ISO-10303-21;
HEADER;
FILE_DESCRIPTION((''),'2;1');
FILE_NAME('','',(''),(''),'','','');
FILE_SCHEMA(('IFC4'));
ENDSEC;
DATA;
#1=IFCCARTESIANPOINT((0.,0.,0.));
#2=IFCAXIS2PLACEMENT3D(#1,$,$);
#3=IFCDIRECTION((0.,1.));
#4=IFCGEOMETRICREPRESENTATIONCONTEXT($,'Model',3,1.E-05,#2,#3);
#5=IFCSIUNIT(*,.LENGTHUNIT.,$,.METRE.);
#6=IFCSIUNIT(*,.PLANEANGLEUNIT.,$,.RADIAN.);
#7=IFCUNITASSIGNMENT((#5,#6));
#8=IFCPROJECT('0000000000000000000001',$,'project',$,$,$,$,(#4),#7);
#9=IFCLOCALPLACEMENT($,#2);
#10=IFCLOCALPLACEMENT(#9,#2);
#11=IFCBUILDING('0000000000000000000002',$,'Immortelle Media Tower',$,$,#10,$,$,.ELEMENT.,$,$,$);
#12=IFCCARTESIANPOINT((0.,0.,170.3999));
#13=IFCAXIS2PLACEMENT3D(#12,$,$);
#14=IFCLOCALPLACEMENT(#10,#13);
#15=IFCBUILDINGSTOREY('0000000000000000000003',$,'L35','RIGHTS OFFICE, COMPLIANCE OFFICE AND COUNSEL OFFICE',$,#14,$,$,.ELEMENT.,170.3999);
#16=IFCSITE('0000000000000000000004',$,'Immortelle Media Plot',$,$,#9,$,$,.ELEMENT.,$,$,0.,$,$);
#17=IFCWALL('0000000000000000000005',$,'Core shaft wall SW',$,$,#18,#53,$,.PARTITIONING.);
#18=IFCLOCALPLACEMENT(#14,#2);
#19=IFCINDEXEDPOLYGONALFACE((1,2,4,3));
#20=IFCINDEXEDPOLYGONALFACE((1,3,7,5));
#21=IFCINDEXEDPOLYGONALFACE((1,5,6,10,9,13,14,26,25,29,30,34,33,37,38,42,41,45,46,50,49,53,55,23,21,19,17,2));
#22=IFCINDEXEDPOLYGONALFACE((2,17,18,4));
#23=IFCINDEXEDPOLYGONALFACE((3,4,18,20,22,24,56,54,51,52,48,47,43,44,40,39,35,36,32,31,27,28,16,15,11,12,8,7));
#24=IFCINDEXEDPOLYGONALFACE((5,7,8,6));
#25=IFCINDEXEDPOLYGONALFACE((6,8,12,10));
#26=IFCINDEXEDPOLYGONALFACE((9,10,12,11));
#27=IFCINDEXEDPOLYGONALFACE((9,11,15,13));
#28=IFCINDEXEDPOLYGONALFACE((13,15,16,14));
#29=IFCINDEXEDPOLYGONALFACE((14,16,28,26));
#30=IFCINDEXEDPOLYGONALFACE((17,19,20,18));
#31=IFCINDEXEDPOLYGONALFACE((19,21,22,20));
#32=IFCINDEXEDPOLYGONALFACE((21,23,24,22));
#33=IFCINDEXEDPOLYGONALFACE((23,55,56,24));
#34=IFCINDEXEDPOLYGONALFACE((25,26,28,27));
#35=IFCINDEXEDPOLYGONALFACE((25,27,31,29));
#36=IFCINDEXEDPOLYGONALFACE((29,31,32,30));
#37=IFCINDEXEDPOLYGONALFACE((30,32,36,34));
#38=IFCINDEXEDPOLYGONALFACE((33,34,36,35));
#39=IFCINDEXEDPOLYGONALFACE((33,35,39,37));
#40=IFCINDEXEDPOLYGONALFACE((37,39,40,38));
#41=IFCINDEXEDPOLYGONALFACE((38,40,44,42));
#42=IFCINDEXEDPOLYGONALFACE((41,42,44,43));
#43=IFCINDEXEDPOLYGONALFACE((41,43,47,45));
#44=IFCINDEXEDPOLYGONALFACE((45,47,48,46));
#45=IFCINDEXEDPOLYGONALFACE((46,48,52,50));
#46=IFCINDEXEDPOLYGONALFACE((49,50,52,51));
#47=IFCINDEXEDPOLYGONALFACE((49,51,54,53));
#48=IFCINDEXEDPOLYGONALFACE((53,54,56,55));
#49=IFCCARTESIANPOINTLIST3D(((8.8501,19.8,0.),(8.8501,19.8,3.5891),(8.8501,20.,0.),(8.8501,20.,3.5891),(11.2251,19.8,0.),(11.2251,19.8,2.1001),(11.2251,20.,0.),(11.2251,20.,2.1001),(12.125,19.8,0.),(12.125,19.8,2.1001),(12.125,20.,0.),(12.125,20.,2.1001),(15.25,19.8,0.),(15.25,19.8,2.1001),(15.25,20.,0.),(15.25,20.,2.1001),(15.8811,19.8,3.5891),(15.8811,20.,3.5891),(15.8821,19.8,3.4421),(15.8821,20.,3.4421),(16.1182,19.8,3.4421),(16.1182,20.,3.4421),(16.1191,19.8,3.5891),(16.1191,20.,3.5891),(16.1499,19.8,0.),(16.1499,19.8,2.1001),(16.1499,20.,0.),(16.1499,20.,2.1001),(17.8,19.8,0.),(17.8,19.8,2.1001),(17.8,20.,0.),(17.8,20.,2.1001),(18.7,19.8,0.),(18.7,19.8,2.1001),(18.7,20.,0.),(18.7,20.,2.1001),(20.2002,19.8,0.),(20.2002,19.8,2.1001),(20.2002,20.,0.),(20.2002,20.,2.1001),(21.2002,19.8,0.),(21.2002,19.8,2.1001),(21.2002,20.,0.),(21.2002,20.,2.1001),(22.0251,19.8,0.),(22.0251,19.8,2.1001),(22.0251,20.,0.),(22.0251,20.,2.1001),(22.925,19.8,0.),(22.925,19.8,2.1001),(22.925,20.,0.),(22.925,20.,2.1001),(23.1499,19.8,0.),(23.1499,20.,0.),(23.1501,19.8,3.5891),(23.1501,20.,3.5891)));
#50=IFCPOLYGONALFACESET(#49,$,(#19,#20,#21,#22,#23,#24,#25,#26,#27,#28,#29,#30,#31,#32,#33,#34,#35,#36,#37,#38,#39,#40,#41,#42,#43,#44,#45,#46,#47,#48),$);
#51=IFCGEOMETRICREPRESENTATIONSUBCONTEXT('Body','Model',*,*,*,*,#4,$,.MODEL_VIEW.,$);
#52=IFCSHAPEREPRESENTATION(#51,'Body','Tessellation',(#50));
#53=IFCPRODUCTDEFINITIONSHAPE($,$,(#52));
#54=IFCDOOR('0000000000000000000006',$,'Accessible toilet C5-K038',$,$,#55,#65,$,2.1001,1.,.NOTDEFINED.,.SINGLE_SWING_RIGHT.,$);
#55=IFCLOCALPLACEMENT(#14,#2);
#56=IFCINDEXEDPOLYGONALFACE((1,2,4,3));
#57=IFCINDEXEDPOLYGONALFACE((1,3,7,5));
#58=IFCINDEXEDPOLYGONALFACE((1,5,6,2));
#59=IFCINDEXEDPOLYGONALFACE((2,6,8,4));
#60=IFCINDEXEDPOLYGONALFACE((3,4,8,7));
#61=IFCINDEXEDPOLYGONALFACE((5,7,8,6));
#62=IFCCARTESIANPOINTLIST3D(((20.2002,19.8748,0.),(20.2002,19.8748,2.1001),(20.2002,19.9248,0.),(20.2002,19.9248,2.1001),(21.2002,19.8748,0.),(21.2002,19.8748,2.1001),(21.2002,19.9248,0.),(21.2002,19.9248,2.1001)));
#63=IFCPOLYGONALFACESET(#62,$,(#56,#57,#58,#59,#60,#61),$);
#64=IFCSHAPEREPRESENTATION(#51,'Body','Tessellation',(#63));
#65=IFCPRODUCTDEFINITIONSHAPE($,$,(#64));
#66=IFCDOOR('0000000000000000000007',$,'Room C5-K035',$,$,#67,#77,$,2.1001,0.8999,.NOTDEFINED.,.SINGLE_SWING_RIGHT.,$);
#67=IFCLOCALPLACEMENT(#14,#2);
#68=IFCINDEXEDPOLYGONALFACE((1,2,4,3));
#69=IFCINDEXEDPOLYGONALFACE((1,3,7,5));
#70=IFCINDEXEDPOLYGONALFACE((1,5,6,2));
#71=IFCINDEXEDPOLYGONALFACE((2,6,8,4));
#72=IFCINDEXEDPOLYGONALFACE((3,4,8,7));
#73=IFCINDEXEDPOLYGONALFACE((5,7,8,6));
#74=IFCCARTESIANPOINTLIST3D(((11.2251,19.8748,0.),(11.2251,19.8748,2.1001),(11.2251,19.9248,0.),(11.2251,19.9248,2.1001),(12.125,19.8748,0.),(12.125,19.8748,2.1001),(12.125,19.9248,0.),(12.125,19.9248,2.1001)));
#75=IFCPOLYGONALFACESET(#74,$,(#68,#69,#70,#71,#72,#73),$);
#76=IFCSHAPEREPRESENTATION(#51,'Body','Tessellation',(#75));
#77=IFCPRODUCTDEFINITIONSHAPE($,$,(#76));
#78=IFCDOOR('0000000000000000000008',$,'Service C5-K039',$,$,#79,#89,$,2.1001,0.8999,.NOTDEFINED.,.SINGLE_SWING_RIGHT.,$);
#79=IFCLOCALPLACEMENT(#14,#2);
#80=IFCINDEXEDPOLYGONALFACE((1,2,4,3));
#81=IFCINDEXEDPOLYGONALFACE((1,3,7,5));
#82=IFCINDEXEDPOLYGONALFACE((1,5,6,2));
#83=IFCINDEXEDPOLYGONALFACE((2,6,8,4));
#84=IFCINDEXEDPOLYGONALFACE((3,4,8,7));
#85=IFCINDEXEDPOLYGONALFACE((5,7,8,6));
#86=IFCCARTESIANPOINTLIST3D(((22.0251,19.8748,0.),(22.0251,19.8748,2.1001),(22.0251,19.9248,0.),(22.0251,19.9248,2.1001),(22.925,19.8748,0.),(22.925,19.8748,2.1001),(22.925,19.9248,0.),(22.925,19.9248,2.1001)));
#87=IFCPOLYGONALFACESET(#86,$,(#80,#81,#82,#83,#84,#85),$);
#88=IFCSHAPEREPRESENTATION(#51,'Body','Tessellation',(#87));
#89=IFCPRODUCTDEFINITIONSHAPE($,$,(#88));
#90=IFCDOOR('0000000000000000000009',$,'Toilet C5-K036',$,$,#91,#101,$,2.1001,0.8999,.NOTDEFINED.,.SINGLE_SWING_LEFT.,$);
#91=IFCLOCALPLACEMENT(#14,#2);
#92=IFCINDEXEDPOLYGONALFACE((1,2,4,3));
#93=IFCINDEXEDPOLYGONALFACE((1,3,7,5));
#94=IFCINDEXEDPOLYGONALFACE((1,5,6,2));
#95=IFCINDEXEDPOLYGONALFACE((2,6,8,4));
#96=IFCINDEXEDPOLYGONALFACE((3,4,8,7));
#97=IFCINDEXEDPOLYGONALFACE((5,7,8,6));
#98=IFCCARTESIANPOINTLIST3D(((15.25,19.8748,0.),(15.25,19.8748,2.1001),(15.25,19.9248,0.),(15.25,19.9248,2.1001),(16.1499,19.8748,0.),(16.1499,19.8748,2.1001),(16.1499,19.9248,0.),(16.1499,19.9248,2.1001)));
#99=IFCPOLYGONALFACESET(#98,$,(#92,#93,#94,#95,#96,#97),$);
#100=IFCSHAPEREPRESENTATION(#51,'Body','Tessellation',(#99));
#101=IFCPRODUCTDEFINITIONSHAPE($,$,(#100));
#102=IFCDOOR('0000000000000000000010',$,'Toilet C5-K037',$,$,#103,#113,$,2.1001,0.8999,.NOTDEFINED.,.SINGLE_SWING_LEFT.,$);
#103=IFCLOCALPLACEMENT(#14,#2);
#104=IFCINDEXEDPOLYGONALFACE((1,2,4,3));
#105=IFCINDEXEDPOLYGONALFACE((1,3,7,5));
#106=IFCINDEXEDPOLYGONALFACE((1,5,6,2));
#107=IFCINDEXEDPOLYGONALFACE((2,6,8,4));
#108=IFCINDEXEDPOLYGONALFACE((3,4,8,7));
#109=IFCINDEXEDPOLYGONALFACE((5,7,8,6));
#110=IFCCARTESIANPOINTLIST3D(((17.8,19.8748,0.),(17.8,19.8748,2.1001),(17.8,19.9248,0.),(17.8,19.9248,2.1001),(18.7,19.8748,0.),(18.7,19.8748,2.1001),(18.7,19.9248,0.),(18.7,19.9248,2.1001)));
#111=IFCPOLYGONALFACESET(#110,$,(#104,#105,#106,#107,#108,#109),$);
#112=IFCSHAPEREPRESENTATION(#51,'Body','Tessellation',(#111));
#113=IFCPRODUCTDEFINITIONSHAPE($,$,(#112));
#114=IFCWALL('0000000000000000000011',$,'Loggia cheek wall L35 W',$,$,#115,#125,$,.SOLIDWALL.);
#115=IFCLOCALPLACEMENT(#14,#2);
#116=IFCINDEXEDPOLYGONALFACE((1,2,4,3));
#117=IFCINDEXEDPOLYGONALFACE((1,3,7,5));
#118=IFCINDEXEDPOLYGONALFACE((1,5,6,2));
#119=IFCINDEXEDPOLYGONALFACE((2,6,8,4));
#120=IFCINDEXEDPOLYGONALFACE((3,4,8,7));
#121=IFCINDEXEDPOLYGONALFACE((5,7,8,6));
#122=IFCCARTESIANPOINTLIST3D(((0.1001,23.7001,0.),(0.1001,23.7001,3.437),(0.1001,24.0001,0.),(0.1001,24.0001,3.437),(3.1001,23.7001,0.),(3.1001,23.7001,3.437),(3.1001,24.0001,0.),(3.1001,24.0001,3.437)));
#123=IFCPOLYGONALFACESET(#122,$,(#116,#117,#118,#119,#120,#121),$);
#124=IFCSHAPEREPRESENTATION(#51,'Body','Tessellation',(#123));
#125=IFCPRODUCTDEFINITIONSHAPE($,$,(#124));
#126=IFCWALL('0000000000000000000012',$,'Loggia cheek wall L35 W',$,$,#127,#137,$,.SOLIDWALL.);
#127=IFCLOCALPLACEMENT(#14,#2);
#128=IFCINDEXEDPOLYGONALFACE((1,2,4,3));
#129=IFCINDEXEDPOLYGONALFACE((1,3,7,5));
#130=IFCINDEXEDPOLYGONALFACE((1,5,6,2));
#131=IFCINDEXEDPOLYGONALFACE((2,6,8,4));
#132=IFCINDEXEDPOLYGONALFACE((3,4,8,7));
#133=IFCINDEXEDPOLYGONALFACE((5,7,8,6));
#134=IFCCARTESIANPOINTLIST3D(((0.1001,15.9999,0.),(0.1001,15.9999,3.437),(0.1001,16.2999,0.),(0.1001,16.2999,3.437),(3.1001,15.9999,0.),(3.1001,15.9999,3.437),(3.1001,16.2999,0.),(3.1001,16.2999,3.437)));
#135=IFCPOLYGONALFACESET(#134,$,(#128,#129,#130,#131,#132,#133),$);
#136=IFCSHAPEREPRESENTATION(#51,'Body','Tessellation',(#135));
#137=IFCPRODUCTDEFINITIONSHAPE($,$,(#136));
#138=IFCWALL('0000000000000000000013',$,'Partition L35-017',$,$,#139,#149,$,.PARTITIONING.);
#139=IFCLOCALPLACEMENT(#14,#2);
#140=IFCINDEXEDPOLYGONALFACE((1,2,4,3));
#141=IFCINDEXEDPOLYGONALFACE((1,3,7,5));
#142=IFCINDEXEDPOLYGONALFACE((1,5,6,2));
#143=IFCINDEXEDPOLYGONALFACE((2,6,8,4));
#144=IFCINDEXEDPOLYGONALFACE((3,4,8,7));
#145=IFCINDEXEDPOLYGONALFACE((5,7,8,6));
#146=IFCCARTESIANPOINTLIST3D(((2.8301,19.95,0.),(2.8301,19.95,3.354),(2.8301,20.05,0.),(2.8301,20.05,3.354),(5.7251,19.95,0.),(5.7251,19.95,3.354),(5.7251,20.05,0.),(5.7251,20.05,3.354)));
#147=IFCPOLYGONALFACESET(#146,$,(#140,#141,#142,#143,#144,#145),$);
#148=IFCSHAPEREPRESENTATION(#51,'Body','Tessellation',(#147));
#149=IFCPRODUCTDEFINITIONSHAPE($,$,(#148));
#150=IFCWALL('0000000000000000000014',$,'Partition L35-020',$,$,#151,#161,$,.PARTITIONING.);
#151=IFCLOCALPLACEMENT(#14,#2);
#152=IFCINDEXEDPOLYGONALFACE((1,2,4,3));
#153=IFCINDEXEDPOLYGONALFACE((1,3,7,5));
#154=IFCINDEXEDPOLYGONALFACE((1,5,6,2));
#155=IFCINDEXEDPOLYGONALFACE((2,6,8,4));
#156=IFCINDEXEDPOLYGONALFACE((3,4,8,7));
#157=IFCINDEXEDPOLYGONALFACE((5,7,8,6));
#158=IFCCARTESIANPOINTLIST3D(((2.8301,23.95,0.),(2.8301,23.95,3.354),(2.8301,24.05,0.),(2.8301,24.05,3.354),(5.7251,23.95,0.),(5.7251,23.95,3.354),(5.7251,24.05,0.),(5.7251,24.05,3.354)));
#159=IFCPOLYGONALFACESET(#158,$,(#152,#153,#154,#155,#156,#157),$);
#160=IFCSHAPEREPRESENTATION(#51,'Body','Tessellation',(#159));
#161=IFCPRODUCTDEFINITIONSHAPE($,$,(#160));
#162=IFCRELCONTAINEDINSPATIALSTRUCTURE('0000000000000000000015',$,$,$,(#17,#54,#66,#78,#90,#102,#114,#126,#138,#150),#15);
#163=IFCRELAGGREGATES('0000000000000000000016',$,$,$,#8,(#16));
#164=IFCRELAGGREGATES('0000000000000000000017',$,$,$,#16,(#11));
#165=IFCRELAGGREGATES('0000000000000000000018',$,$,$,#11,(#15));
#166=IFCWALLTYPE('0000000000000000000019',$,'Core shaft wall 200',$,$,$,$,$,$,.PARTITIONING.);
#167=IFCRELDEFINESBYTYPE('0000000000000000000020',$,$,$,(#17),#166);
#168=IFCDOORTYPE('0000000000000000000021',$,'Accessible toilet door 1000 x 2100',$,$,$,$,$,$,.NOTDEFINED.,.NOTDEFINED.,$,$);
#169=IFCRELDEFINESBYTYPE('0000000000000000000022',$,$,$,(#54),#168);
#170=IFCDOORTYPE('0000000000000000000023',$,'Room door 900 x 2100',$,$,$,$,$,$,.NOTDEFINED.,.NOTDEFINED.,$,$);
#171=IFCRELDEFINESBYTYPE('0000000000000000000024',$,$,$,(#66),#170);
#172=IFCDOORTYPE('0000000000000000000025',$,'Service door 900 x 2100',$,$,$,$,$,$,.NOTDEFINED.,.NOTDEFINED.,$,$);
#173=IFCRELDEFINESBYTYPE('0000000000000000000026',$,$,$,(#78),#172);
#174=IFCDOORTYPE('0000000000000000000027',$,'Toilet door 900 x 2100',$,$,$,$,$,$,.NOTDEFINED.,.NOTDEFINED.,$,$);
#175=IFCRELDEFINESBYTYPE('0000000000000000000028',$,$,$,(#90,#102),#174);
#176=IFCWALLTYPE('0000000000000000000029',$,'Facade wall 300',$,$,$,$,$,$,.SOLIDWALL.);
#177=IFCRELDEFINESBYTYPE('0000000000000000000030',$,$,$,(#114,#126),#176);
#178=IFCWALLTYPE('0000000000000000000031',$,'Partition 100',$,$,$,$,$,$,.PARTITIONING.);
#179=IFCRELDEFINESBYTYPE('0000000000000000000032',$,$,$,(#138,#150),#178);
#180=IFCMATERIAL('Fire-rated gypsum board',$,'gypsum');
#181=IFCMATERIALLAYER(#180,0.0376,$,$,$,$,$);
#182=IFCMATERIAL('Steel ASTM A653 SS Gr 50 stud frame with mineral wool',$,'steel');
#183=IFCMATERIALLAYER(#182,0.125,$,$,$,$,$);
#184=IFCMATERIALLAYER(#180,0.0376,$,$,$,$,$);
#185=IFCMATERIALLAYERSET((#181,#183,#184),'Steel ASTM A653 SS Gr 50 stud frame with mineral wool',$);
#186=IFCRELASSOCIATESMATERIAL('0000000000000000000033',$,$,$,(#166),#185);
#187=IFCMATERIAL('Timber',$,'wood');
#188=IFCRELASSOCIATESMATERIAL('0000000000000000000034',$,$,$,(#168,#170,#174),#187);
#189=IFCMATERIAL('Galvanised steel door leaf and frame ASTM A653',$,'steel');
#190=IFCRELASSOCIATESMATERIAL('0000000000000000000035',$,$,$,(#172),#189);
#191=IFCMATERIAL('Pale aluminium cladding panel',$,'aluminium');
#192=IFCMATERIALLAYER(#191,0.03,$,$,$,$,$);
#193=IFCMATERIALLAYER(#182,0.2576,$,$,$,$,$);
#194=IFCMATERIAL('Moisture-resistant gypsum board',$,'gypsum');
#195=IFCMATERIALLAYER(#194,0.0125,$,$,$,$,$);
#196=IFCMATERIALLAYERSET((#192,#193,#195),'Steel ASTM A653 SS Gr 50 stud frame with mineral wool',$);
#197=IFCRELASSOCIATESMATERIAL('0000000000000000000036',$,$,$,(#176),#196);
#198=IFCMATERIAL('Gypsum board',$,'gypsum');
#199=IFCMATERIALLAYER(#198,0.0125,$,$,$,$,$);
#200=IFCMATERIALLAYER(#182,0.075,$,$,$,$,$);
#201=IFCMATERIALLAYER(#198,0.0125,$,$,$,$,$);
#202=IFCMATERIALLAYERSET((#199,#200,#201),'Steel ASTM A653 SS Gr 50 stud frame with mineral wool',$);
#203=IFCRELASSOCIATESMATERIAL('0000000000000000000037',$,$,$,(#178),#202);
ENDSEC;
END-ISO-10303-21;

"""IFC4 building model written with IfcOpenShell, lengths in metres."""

from ifc_helpers import new_model, si_unit, direction, frame, frame_2d, origin, place, context, subcontext, project, spatial, polyline, rectangle, outline, extrude, material, layer, layer_set, type_object, element, fill, save


model = new_model("IFC4")

# Units and contexts
model_context = context("Model", 3, precision=1e-05, world=origin(), true_north=direction((0.0, 1.0)))
body_context = subcontext(model_context, "Body", "Model", "MODEL_VIEW")
ifc_project = project(units=[si_unit("LENGTHUNIT", "METRE"), si_unit("PLANEANGLEUNIT", "RADIAN")], contexts=[model_context])

# Site, building, storey
site_placement = place(None, origin())
site = spatial("IfcSite", under=ifc_project, at=site_placement, Name="Immortelle Media Plot", CompositionType="ELEMENT", RefElevation=0.0)
building_placement = place(site_placement, origin())
building = spatial("IfcBuilding", under=site, at=building_placement, Name="Immortelle Media Tower", CompositionType="ELEMENT")
storey_placement = place(building_placement, frame((0.0, 0.0, 170.3999)))
storey = spatial("IfcBuildingStorey", under=building, at=storey_placement, Name="L35", Description="RIGHTS OFFICE, COMPLIANCE OFFICE AND COUNSEL OFFICE", CompositionType="ELEMENT", Elevation=170.3999)

# Shared definitions
ifc_material_1 = material(Name="Fire-rated gypsum board", Category="gypsum")
ifc_material_2 = material(Name="Steel ASTM A653 SS Gr 50 stud frame with mineral wool", Category="steel")
ifc_layer_1 = layer(ifc_material_1, 0.0376)
ifc_layer_2 = layer(ifc_material_2, 0.125)
ifc_layer_3 = layer(ifc_material_1, 0.0376)
ifc_layer_set_1 = layer_set([ifc_layer_1, ifc_layer_2, ifc_layer_3], Name="Steel ASTM A653 SS Gr 50 stud frame with mineral wool")
wall_type_1 = type_object("IfcWallType", Name="Core shaft wall 200", PredefinedType="PARTITIONING", material=ifc_layer_set_1)

# Wall, openings, doors
wall_1_placement = place(storey_placement, frame((8.8501, 19.8999, 0.0), z_axis=(0.0, 0.0, 1.0), x_axis=(1.0, 0.0, 0.0)))
wall_1 = element("IfcWall", 1, at=wall_1_placement, inside=storey, type_object=wall_type_1, Name="Core shaft wall SW", PredefinedType="PARTITIONING", context=body_context, shape_type="SweptSolid", body=[
    extrude(outline(polyline([(0.0, 0.0), (14.2998, 0.0), (14.3, 3.5891), (7.269, 3.5891), (7.2681, 3.4421), (7.032, 3.4421), (7.031, 3.5891), (0.0, 3.5891), (0.0, 0.0)])), frame((0.0, 0.1001, 0.0), z_axis=(0.0, -1.0, 0.0), x_axis=(1.0, 0.0, 0.0)), (0.0, 0.0, 1.0), 0.2),
])
opening_1_placement = place(wall_1_placement, frame((2.375, 0.0, 0.0)))
opening_1 = element("IfcOpeningElement", 2, at=opening_1_placement, cuts=wall_1, PredefinedType="OPENING", context=body_context, shape_type="SweptSolid", body=[
    extrude(rectangle(XDim=0.8999, YDim=2.1001, at=frame_2d((0.45, 1.05))), frame((0.0, 0.1099, 0.0), z_axis=(0.0, -1.0, 0.0), x_axis=(1.0, 0.0, 0.0)), (0.0, 0.0, 1.0), 0.22),
])
opening_2_placement = place(wall_1_placement, frame((6.3999, 0.0, 0.0)))
opening_2 = element("IfcOpeningElement", 3, at=opening_2_placement, cuts=wall_1, PredefinedType="OPENING", context=body_context, shape_type="SweptSolid", body=[
    extrude(rectangle(XDim=0.8999, YDim=2.1001, at=frame_2d((0.45, 1.05))), frame((0.0, 0.1099, 0.0), z_axis=(0.0, -1.0, 0.0), x_axis=(1.0, 0.0, 0.0)), (0.0, 0.0, 1.0), 0.22),
])
opening_3_placement = place(wall_1_placement, frame((8.95, 0.0, 0.0)))
opening_3 = element("IfcOpeningElement", 4, at=opening_3_placement, cuts=wall_1, PredefinedType="OPENING", context=body_context, shape_type="SweptSolid", body=[
    extrude(rectangle(XDim=0.8999, YDim=2.1001, at=frame_2d((0.45, 1.05))), frame((0.0, 0.1099, 0.0), z_axis=(0.0, -1.0, 0.0), x_axis=(1.0, 0.0, 0.0)), (0.0, 0.0, 1.0), 0.22),
])
opening_4_placement = place(wall_1_placement, frame((11.3501, 0.0, 0.0)))
opening_4 = element("IfcOpeningElement", 5, at=opening_4_placement, cuts=wall_1, PredefinedType="OPENING", context=body_context, shape_type="SweptSolid", body=[
    extrude(rectangle(XDim=1.0, YDim=2.1001, at=frame_2d((0.5, 1.05))), frame((0.0, 0.1099, 0.0), z_axis=(0.0, -1.0, 0.0), x_axis=(1.0, 0.0, 0.0)), (0.0, 0.0, 1.0), 0.22),
])
opening_5_placement = place(wall_1_placement, frame((13.175, 0.0, 0.0)))
opening_5 = element("IfcOpeningElement", 6, at=opening_5_placement, cuts=wall_1, PredefinedType="OPENING", context=body_context, shape_type="SweptSolid", body=[
    extrude(rectangle(XDim=0.8999, YDim=2.1001, at=frame_2d((0.45, 1.05))), frame((0.0, 0.1099, 0.0), z_axis=(0.0, -1.0, 0.0), x_axis=(1.0, 0.0, 0.0)), (0.0, 0.0, 1.0), 0.22),
])
ifc_material_3 = material(Name="Timber", Category="wood")
door_type_1 = type_object("IfcDoorType", Name="Accessible toilet door 1000 x 2100", OperationType="NOTDEFINED", PredefinedType="NOTDEFINED", material=ifc_material_3)
door_1_placement = place(opening_4_placement, origin())
door_1 = element("IfcDoor", 7, at=door_1_placement, inside=storey, type_object=door_type_1, Name="Accessible toilet C5-K038", OperationType="SINGLE_SWING_RIGHT", OverallHeight=2.1001, OverallWidth=1.0, PredefinedType="NOTDEFINED", context=body_context, shape_type="SweptSolid", body=[
    extrude(rectangle(XDim=1.0, YDim=2.1001, at=frame_2d((0.5, 1.05))), frame((0.0, 0.0249, 0.0), z_axis=(0.0, -1.0, 0.0), x_axis=(1.0, 0.0, 0.0)), (0.0, 0.0, 1.0), 0.05),
])
fill(opening_4, door_1)
door_type_2 = type_object("IfcDoorType", Name="Room door 900 x 2100", OperationType="NOTDEFINED", PredefinedType="NOTDEFINED", material=ifc_material_3)
door_2_placement = place(opening_1_placement, origin())
door_2 = element("IfcDoor", 8, at=door_2_placement, inside=storey, type_object=door_type_2, Name="Room C5-K035", OperationType="SINGLE_SWING_RIGHT", OverallHeight=2.1001, OverallWidth=0.8999, PredefinedType="NOTDEFINED", context=body_context, shape_type="SweptSolid", body=[
    extrude(rectangle(XDim=0.8999, YDim=2.1001, at=frame_2d((0.45, 1.05))), frame((0.0, 0.0249, 0.0), z_axis=(0.0, -1.0, 0.0), x_axis=(1.0, 0.0, 0.0)), (0.0, 0.0, 1.0), 0.05),
])
fill(opening_1, door_2)
ifc_material_4 = material(Name="Galvanised steel door leaf and frame ASTM A653", Category="steel")
door_type_3 = type_object("IfcDoorType", Name="Service door 900 x 2100", OperationType="NOTDEFINED", PredefinedType="NOTDEFINED", material=ifc_material_4)
door_3_placement = place(opening_5_placement, origin())
door_3 = element("IfcDoor", 9, at=door_3_placement, inside=storey, type_object=door_type_3, Name="Service C5-K039", OperationType="SINGLE_SWING_RIGHT", OverallHeight=2.1001, OverallWidth=0.8999, PredefinedType="NOTDEFINED", context=body_context, shape_type="SweptSolid", body=[
    extrude(rectangle(XDim=0.8999, YDim=2.1001, at=frame_2d((0.45, 1.05))), frame((0.0, 0.0249, 0.0), z_axis=(0.0, -1.0, 0.0), x_axis=(1.0, 0.0, 0.0)), (0.0, 0.0, 1.0), 0.05),
])
fill(opening_5, door_3)
door_type_4 = type_object("IfcDoorType", Name="Toilet door 900 x 2100", OperationType="NOTDEFINED", PredefinedType="NOTDEFINED", material=ifc_material_3)
door_4_placement = place(opening_2_placement, origin())
door_4 = element("IfcDoor", 10, at=door_4_placement, inside=storey, type_object=door_type_4, Name="Toilet C5-K036", OperationType="SINGLE_SWING_LEFT", OverallHeight=2.1001, OverallWidth=0.8999, PredefinedType="NOTDEFINED", context=body_context, shape_type="SweptSolid", body=[
    extrude(rectangle(XDim=0.8999, YDim=2.1001, at=frame_2d((0.45, 1.05))), frame((0.0, 0.0249, 0.0), z_axis=(0.0, -1.0, 0.0), x_axis=(1.0, 0.0, 0.0)), (0.0, 0.0, 1.0), 0.05),
])
fill(opening_2, door_4)
door_5_placement = place(opening_3_placement, origin())
door_5 = element("IfcDoor", 11, at=door_5_placement, inside=storey, type_object=door_type_4, Name="Toilet C5-K037", OperationType="SINGLE_SWING_LEFT", OverallHeight=2.1001, OverallWidth=0.8999, PredefinedType="NOTDEFINED", context=body_context, shape_type="SweptSolid", body=[
    extrude(rectangle(XDim=0.8999, YDim=2.1001, at=frame_2d((0.45, 1.05))), frame((0.0, 0.0249, 0.0), z_axis=(0.0, -1.0, 0.0), x_axis=(1.0, 0.0, 0.0)), (0.0, 0.0, 1.0), 0.05),
])
fill(opening_3, door_5)

# Shared definitions
ifc_material_5 = material(Name="Pale aluminium cladding panel", Category="aluminium")
ifc_layer_4 = layer(ifc_material_5, 0.03)
ifc_layer_5 = layer(ifc_material_2, 0.2576)
ifc_material_6 = material(Name="Moisture-resistant gypsum board", Category="gypsum")
ifc_layer_6 = layer(ifc_material_6, 0.0125)
ifc_layer_set_2 = layer_set([ifc_layer_4, ifc_layer_5, ifc_layer_6], Name="Steel ASTM A653 SS Gr 50 stud frame with mineral wool")
wall_type_2 = type_object("IfcWallType", Name="Facade wall 300", PredefinedType="SOLIDWALL", material=ifc_layer_set_2)

# Walls
for number, where, z_axis, x_axis, name in (
    (12, (0.1001, 23.8501, 0.0), (0.0, 0.0, 1.0), (1.0, 0.0, 0.0), "Loggia cheek wall L35 W"),
    (13, (0.1001, 16.1499, 0.0), (0.0, 0.0, 1.0), (1.0, 0.0, 0.0), "Loggia cheek wall L35 W"),
):
    element("IfcWall", number, at=place(storey_placement, frame(where, z_axis=z_axis, x_axis=x_axis)), inside=storey, type_object=wall_type_2, Name=name, PredefinedType="SOLIDWALL", context=body_context, shape_type="SweptSolid", body=[
        extrude(rectangle(XDim=3.0, YDim=0.3, at=frame_2d((1.5, 0.0))), origin(), (0.0, 0.0, 1.0), 3.437),
    ])
ifc_material_7 = material(Name="Gypsum board", Category="gypsum")
ifc_layer_7 = layer(ifc_material_7, 0.0125)
ifc_layer_8 = layer(ifc_material_2, 0.075)
ifc_layer_9 = layer(ifc_material_7, 0.0125)
ifc_layer_set_3 = layer_set([ifc_layer_7, ifc_layer_8, ifc_layer_9], Name="Steel ASTM A653 SS Gr 50 stud frame with mineral wool")
wall_type_3 = type_object("IfcWallType", Name="Partition 100", PredefinedType="PARTITIONING", material=ifc_layer_set_3)
for number, where, z_axis, x_axis, name in (
    (14, (2.8301, 20.0, 0.0), (0.0, 0.0, 1.0), (1.0, 0.0, 0.0), "Partition L35-017"),
    (15, (2.8301, 24.0, 0.0), (0.0, 0.0, 1.0), (1.0, 0.0, 0.0), "Partition L35-020"),
):
    element("IfcWall", number, at=place(storey_placement, frame(where, z_axis=z_axis, x_axis=x_axis)), inside=storey, type_object=wall_type_3, Name=name, PredefinedType="PARTITIONING", context=body_context, shape_type="SweptSolid", body=[
        extrude(rectangle(XDim=2.895, YDim=0.1001, at=frame_2d((1.4475, 0.0))), origin(), (0.0, 0.0, 1.0), 3.354),
    ])

save(model, "model.ifc")
